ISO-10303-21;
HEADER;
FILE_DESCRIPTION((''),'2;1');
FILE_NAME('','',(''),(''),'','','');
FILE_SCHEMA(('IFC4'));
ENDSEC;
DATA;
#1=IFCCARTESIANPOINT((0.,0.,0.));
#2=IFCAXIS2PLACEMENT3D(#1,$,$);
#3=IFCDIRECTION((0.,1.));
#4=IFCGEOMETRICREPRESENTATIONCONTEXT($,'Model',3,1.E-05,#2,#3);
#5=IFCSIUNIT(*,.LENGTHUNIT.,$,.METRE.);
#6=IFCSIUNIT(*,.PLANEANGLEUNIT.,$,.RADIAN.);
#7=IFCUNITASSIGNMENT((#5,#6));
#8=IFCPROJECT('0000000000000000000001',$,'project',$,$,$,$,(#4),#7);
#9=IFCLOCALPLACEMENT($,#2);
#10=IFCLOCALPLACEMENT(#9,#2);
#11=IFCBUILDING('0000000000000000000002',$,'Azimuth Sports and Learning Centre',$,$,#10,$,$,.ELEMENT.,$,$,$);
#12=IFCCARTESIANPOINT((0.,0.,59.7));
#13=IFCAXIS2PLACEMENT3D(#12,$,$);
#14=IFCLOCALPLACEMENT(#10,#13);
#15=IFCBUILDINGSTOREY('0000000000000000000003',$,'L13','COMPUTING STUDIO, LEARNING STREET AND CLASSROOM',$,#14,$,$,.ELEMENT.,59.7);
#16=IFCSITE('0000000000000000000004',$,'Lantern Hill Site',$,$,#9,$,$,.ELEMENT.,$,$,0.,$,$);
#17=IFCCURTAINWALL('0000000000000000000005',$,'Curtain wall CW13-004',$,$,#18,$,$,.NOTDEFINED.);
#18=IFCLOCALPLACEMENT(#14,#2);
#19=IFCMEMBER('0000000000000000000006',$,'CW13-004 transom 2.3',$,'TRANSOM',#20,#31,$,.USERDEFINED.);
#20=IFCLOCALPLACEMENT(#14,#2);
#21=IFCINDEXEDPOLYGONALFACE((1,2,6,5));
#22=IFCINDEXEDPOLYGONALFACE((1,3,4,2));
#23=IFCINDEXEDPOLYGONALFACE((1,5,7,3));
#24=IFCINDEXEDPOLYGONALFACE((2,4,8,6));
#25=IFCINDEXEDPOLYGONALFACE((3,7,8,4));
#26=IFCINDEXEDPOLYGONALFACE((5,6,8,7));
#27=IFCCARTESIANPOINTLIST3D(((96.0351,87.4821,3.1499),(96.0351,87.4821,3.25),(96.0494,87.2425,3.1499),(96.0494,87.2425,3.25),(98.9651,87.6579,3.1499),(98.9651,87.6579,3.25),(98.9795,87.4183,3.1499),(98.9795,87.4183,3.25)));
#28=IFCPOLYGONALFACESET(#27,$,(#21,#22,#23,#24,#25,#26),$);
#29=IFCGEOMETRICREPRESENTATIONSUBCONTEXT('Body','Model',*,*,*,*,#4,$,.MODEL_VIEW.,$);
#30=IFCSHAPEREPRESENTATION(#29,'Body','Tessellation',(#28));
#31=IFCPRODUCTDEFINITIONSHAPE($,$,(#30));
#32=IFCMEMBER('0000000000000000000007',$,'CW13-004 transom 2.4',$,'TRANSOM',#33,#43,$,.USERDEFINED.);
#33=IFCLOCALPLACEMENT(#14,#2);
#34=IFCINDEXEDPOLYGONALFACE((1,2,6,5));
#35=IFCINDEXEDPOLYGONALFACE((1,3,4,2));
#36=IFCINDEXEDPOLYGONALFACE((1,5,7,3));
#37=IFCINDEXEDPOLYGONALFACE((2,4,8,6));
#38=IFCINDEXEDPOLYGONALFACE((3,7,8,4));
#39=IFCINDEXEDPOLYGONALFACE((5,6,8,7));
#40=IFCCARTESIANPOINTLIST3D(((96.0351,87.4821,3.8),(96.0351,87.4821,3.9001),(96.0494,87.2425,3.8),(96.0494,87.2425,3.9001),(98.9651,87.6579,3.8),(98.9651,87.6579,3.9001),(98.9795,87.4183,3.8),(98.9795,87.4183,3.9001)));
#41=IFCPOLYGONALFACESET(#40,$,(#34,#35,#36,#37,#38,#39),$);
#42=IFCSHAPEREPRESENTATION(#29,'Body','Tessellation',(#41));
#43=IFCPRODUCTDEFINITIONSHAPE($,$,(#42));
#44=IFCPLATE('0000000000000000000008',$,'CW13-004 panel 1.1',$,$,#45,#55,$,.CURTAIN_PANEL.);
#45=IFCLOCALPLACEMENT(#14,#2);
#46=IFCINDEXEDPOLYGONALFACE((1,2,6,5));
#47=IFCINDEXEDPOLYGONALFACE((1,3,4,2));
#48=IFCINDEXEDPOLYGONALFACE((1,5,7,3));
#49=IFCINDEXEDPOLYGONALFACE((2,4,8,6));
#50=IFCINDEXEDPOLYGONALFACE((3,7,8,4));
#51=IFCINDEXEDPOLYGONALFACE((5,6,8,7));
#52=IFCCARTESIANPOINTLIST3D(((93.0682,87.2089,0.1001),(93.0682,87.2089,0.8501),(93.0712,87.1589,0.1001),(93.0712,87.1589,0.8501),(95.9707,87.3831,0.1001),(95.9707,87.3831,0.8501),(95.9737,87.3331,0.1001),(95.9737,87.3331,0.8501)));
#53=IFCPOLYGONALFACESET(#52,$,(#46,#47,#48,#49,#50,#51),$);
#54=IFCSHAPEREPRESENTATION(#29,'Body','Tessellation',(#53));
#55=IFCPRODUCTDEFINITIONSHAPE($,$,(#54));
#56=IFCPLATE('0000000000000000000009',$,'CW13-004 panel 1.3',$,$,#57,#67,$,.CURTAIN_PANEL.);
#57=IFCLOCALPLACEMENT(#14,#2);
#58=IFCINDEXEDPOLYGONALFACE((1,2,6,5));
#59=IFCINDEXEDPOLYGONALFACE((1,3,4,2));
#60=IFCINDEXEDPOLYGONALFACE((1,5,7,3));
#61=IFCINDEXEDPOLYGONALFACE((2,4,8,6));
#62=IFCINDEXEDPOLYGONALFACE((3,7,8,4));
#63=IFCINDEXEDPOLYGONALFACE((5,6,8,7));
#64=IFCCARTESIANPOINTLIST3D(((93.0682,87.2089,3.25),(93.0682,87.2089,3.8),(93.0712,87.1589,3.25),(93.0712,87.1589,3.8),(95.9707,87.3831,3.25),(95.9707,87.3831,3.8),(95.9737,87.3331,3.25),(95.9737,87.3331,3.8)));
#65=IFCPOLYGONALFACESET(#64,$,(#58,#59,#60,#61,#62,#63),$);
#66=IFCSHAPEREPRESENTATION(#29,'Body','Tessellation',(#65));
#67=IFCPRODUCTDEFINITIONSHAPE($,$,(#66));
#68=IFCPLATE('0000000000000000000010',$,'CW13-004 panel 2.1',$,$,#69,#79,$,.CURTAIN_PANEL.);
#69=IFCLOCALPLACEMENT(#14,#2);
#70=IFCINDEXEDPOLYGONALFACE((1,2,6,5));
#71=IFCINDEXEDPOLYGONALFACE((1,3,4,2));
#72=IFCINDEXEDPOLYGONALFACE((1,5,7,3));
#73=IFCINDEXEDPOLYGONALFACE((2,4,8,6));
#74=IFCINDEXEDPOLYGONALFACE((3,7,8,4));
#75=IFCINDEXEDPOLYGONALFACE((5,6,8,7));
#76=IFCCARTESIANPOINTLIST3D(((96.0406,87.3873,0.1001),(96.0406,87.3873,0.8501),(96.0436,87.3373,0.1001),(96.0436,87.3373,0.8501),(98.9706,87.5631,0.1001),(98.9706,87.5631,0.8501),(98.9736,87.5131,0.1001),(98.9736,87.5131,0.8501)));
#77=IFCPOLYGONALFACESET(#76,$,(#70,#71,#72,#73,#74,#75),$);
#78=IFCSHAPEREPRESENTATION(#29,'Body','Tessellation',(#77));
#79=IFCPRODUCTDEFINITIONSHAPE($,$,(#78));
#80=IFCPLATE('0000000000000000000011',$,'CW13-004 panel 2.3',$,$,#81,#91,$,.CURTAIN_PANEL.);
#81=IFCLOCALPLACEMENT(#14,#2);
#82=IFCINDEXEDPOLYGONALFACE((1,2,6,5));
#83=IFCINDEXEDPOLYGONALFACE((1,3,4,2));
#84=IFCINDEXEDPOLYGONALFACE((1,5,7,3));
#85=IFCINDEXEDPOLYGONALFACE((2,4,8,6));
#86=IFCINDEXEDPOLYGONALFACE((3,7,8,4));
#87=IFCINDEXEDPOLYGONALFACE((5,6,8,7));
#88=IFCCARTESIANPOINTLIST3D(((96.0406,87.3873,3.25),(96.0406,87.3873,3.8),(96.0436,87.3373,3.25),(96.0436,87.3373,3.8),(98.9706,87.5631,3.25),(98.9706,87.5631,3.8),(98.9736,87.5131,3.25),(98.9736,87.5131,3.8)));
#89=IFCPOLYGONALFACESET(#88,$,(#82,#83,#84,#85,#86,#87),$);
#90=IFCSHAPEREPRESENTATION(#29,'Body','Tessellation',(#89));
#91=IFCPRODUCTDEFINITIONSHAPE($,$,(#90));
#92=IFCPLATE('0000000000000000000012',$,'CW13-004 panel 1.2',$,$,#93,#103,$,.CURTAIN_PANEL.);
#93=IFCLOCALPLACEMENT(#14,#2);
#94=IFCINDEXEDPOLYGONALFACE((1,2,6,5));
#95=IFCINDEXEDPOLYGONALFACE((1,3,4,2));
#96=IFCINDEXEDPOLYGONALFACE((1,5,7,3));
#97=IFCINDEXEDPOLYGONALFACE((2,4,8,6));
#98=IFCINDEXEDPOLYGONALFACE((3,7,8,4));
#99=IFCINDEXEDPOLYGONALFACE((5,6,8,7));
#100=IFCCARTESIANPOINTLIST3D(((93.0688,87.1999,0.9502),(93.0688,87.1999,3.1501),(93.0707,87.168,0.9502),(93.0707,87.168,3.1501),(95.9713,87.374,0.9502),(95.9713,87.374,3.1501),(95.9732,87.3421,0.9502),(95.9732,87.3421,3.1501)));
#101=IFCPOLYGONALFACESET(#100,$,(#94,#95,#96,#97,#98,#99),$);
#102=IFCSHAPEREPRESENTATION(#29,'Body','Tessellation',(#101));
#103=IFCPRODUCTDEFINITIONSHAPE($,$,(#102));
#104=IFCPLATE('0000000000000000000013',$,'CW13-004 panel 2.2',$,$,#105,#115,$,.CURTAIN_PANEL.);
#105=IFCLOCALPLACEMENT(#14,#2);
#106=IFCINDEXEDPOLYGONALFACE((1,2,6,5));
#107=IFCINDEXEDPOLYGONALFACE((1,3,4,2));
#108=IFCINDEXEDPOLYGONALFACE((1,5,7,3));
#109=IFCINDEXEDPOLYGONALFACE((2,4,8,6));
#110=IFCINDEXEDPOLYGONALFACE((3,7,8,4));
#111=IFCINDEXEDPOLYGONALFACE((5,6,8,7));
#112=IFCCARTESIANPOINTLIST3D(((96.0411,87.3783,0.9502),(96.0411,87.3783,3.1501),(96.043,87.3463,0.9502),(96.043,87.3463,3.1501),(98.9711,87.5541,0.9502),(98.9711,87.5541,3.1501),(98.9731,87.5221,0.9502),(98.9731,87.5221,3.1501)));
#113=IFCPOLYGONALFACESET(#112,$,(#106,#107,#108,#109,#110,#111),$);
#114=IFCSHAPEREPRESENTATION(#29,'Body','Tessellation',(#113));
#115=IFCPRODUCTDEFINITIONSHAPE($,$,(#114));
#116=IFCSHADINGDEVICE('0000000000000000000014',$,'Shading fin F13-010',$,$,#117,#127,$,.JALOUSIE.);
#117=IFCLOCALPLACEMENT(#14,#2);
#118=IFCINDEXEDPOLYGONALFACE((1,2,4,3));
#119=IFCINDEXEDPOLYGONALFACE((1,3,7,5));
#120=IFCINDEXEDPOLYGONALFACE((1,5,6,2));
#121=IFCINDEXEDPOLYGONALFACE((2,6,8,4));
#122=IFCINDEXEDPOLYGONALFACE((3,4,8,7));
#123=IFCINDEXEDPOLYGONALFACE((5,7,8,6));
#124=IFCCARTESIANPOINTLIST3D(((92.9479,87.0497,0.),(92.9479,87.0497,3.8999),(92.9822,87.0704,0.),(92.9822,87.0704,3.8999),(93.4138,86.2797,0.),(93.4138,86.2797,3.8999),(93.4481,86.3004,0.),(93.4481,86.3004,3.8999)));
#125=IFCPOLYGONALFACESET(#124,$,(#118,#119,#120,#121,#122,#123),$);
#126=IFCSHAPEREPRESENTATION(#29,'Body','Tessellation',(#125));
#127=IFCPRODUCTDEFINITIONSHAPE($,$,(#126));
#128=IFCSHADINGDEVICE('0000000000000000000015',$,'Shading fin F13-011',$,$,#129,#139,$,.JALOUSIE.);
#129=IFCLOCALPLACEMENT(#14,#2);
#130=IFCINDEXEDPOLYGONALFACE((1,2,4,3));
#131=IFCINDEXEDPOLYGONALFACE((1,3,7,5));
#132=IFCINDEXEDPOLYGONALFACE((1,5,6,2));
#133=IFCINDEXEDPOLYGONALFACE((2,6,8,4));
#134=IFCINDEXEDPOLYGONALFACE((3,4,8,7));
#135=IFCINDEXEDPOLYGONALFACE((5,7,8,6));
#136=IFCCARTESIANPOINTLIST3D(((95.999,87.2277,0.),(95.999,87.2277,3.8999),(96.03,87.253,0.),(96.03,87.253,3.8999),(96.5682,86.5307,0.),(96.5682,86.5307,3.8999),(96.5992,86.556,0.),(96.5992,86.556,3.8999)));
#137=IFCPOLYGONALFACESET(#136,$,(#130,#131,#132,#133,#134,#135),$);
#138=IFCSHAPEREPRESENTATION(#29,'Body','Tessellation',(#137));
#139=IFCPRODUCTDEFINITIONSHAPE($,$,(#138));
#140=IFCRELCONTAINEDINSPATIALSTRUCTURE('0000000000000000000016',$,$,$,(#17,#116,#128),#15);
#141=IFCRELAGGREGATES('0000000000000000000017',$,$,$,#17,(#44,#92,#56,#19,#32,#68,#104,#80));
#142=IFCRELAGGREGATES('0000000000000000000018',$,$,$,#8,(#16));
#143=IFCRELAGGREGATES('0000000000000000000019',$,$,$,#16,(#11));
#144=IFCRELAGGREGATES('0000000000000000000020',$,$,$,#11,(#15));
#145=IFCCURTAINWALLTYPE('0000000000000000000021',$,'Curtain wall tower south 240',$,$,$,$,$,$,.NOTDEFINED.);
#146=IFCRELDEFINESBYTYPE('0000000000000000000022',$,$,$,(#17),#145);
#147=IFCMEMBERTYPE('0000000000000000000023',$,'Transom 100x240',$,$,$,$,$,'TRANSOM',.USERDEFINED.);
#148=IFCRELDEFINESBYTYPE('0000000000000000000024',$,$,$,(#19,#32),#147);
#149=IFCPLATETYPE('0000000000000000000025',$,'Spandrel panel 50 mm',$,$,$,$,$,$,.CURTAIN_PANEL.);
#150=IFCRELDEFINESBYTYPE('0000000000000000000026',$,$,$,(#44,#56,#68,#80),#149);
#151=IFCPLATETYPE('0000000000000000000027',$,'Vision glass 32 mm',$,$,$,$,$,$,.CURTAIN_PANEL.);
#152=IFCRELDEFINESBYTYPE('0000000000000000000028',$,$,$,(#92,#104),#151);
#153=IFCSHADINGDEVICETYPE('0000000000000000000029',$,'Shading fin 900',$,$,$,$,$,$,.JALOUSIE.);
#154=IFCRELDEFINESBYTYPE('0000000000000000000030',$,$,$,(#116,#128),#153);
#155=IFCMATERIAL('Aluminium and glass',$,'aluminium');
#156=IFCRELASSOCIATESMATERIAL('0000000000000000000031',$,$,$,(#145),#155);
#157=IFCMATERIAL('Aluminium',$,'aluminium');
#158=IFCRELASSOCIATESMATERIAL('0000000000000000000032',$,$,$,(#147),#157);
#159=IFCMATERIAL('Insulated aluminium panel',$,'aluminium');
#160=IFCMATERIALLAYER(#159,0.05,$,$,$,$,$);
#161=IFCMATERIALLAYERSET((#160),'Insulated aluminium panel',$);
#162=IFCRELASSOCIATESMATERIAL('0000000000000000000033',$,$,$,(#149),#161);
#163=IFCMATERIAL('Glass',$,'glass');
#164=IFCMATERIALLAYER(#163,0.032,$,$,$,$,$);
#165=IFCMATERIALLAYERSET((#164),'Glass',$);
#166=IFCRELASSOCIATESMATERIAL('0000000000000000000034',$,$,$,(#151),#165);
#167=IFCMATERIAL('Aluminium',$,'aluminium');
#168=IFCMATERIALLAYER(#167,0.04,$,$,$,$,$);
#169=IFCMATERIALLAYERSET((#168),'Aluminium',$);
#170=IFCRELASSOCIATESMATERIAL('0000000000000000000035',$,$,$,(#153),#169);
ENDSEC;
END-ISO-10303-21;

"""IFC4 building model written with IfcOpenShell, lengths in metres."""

from ifc_helpers import new_model, si_unit, direction, frame, origin, origin_2d, place, context, subcontext, project, spatial, rectangle, extrude, material, layer, layer_set, material_profile, profile_set, type_object, element, aggregate, save


model = new_model("IFC4")

# Units and contexts
model_context = context("Model", 3, precision=1e-05, world=origin(), true_north=direction((0.0, 1.0)))
body_context = subcontext(model_context, "Body", "Model", "MODEL_VIEW")
ifc_project = project(units=[si_unit("LENGTHUNIT", "METRE"), si_unit("PLANEANGLEUNIT", "RADIAN")], contexts=[model_context])

# Site, building, storey
site_placement = place(None, origin())
site = spatial("IfcSite", under=ifc_project, at=site_placement, Name="Lantern Hill Site", CompositionType="ELEMENT", RefElevation=0.0)
building_placement = place(site_placement, origin())
building = spatial("IfcBuilding", under=site, at=building_placement, Name="Azimuth Sports and Learning Centre", CompositionType="ELEMENT")
storey_placement = place(building_placement, frame((0.0, 0.0, 59.7)))
storey = spatial("IfcBuildingStorey", under=building, at=storey_placement, Name="L13", Description="COMPUTING STUDIO, LEARNING STREET AND CLASSROOM", CompositionType="ELEMENT", Elevation=59.7)

# Shared definitions
ifc_material_1 = material(Name="Aluminium and glass", Category="aluminium")
curtain_wall_type = type_object("IfcCurtainWallType", Name="Curtain wall tower south 240", PredefinedType="NOTDEFINED", material=ifc_material_1)

# Curtain wall, members, plates
curtain_wall_1_placement = place(storey_placement, origin())
curtain_wall_1 = element("IfcCurtainWall", 1, at=curtain_wall_1_placement, inside=storey, type_object=curtain_wall_type, Name="Curtain wall CW13-004", PredefinedType="NOTDEFINED")
ifc_material_2 = material(Name="Aluminium", Category="aluminium")
ifc_material_profile_1 = material_profile(ifc_material_2, rectangle(XDim=0.24, YDim=0.1001, at=origin_2d()), Name="Transom 100x240")
ifc_profile_set_1 = profile_set([ifc_material_profile_1], Name="Aluminium")
member_type_1 = type_object("IfcMemberType", Name="Transom 100x240", ElementType="TRANSOM", PredefinedType="USERDEFINED", material=ifc_profile_set_1)
member_1_placement = place(storey_placement, frame((96.0422, 87.3623, 3.2), z_axis=(0.998205, 0.059887, 0.0), x_axis=(-0.059887, 0.998205, 0.0)))
member_1 = element("IfcMember", 2, at=member_1_placement, type_object=member_type_1, Name="CW13-004 transom 2.3", ObjectType="TRANSOM", PredefinedType="USERDEFINED", context=body_context, shape_type="SweptSolid", body=[
    extrude(rectangle(XDim=0.24, YDim=0.1001, at=origin_2d()), origin(), (0.0, 0.0, 1.0), 2.9353),
])
member_2_placement = place(storey_placement, frame((96.0422, 87.3623, 3.8501), z_axis=(0.998205, 0.059887, 0.0), x_axis=(-0.059887, 0.998205, 0.0)))
member_2 = element("IfcMember", 3, at=member_2_placement, type_object=member_type_1, Name="CW13-004 transom 2.4", ObjectType="TRANSOM", PredefinedType="USERDEFINED", context=body_context, shape_type="SweptSolid", body=[
    extrude(rectangle(XDim=0.24, YDim=0.1001, at=origin_2d()), origin(), (0.0, 0.0, 1.0), 2.9353),
])
ifc_material_3 = material(Name="Insulated aluminium panel", Category="aluminium")
ifc_layer_1 = layer(ifc_material_3, 0.05)
ifc_layer_set_1 = layer_set([ifc_layer_1], Name="Insulated aluminium panel")
plate_type_1 = type_object("IfcPlateType", Name="Spandrel panel 50 mm", PredefinedType="CURTAIN_PANEL", material=ifc_layer_set_1)
plate_1_placement = place(storey_placement, frame((94.521, 87.271, 0.1001), z_axis=(0.0, 0.0, 1.0), x_axis=(0.998205, 0.059892, 0.0)))
plate_1 = element("IfcPlate", 4, at=plate_1_placement, type_object=plate_type_1, Name="CW13-004 panel 1.1", PredefinedType="CURTAIN_PANEL", context=body_context, shape_type="SweptSolid", body=[
    extrude(rectangle(XDim=2.9077, YDim=0.05, at=origin_2d()), origin(), (0.0, 0.0, 1.0), 0.75),
])
plate_2_placement = place(storey_placement, frame((94.521, 87.271, 3.25), z_axis=(0.0, 0.0, 1.0), x_axis=(0.998205, 0.059892, 0.0)))
plate_2 = element("IfcPlate", 5, at=plate_2_placement, type_object=plate_type_1, Name="CW13-004 panel 1.3", PredefinedType="CURTAIN_PANEL", context=body_context, shape_type="SweptSolid", body=[
    extrude(rectangle(XDim=2.9077, YDim=0.05, at=origin_2d()), origin(), (0.0, 0.0, 1.0), 0.55),
])
plate_3_placement = place(storey_placement, frame((97.5071, 87.4502, 0.1001), z_axis=(0.0, 0.0, 1.0), x_axis=(0.998205, 0.059892, 0.0)))
plate_3 = element("IfcPlate", 6, at=plate_3_placement, type_object=plate_type_1, Name="CW13-004 panel 2.1", PredefinedType="CURTAIN_PANEL", context=body_context, shape_type="SweptSolid", body=[
    extrude(rectangle(XDim=2.9353, YDim=0.05, at=origin_2d()), origin(), (0.0, 0.0, 1.0), 0.75),
])
plate_4_placement = place(storey_placement, frame((97.5071, 87.4502, 3.25), z_axis=(0.0, 0.0, 1.0), x_axis=(0.998205, 0.059892, 0.0)))
plate_4 = element("IfcPlate", 7, at=plate_4_placement, type_object=plate_type_1, Name="CW13-004 panel 2.3", PredefinedType="CURTAIN_PANEL", context=body_context, shape_type="SweptSolid", body=[
    extrude(rectangle(XDim=2.9353, YDim=0.05, at=origin_2d()), origin(), (0.0, 0.0, 1.0), 0.55),
])
ifc_material_4 = material(Name="Glass", Category="glass")
ifc_layer_2 = layer(ifc_material_4, 0.032)
ifc_layer_set_2 = layer_set([ifc_layer_2], Name="Glass")
plate_type_2 = type_object("IfcPlateType", Name="Vision glass 32 mm", PredefinedType="CURTAIN_PANEL", material=ifc_layer_set_2)
plate_5_placement = place(storey_placement, frame((94.521, 87.271, 0.9502), z_axis=(0.0, 0.0, 1.0), x_axis=(0.998205, 0.059892, 0.0)))
plate_5 = element("IfcPlate", 8, at=plate_5_placement, type_object=plate_type_2, Name="CW13-004 panel 1.2", PredefinedType="CURTAIN_PANEL", context=body_context, shape_type="SweptSolid", body=[
    extrude(rectangle(XDim=2.9077, YDim=0.032, at=origin_2d()), origin(), (0.0, 0.0, 1.0), 2.2),
])
plate_6_placement = place(storey_placement, frame((97.5071, 87.4502, 0.9502), z_axis=(0.0, 0.0, 1.0), x_axis=(0.998205, 0.059892, 0.0)))
plate_6 = element("IfcPlate", 9, at=plate_6_placement, type_object=plate_type_2, Name="CW13-004 panel 2.2", PredefinedType="CURTAIN_PANEL", context=body_context, shape_type="SweptSolid", body=[
    extrude(rectangle(XDim=2.9353, YDim=0.032, at=origin_2d()), origin(), (0.0, 0.0, 1.0), 2.2),
])
aggregate(curtain_wall_1, [plate_1, plate_5, plate_2, member_1, member_2, plate_3, plate_6, plate_4])

# Shading devices
ifc_material_5 = material(Name="Aluminium", Category="aluminium")
ifc_layer_3 = layer(ifc_material_5, 0.04)
ifc_layer_set_3 = layer_set([ifc_layer_3], Name="Aluminium")
shading_device_type = type_object("IfcShadingDeviceType", Name="Shading fin 900", PredefinedType="JALOUSIE", material=ifc_layer_set_3)
for number, where, z_axis, x_axis, name in (
    (10, (93.198, 86.675, 0.0), (0.0, 0.0, 1.0), (0.517682, -0.855573, 0.0), "Shading fin F13-010"),
    (11, (96.2991, 86.8918, 0.0), (0.0, 0.0, 1.0), (0.632522, -0.774543, 0.0), "Shading fin F13-011"),
):
    element("IfcShadingDevice", number, at=place(storey_placement, frame(where, z_axis=z_axis, x_axis=x_axis)), inside=storey, type_object=shading_device_type, Name=name, PredefinedType="JALOUSIE", context=body_context, shape_type="SweptSolid", body=[
        extrude(rectangle(XDim=0.8999, YDim=0.04, at=origin_2d()), origin(), (0.0, 0.0, 1.0), 3.8999),
    ])

save(model, "model.ifc")
